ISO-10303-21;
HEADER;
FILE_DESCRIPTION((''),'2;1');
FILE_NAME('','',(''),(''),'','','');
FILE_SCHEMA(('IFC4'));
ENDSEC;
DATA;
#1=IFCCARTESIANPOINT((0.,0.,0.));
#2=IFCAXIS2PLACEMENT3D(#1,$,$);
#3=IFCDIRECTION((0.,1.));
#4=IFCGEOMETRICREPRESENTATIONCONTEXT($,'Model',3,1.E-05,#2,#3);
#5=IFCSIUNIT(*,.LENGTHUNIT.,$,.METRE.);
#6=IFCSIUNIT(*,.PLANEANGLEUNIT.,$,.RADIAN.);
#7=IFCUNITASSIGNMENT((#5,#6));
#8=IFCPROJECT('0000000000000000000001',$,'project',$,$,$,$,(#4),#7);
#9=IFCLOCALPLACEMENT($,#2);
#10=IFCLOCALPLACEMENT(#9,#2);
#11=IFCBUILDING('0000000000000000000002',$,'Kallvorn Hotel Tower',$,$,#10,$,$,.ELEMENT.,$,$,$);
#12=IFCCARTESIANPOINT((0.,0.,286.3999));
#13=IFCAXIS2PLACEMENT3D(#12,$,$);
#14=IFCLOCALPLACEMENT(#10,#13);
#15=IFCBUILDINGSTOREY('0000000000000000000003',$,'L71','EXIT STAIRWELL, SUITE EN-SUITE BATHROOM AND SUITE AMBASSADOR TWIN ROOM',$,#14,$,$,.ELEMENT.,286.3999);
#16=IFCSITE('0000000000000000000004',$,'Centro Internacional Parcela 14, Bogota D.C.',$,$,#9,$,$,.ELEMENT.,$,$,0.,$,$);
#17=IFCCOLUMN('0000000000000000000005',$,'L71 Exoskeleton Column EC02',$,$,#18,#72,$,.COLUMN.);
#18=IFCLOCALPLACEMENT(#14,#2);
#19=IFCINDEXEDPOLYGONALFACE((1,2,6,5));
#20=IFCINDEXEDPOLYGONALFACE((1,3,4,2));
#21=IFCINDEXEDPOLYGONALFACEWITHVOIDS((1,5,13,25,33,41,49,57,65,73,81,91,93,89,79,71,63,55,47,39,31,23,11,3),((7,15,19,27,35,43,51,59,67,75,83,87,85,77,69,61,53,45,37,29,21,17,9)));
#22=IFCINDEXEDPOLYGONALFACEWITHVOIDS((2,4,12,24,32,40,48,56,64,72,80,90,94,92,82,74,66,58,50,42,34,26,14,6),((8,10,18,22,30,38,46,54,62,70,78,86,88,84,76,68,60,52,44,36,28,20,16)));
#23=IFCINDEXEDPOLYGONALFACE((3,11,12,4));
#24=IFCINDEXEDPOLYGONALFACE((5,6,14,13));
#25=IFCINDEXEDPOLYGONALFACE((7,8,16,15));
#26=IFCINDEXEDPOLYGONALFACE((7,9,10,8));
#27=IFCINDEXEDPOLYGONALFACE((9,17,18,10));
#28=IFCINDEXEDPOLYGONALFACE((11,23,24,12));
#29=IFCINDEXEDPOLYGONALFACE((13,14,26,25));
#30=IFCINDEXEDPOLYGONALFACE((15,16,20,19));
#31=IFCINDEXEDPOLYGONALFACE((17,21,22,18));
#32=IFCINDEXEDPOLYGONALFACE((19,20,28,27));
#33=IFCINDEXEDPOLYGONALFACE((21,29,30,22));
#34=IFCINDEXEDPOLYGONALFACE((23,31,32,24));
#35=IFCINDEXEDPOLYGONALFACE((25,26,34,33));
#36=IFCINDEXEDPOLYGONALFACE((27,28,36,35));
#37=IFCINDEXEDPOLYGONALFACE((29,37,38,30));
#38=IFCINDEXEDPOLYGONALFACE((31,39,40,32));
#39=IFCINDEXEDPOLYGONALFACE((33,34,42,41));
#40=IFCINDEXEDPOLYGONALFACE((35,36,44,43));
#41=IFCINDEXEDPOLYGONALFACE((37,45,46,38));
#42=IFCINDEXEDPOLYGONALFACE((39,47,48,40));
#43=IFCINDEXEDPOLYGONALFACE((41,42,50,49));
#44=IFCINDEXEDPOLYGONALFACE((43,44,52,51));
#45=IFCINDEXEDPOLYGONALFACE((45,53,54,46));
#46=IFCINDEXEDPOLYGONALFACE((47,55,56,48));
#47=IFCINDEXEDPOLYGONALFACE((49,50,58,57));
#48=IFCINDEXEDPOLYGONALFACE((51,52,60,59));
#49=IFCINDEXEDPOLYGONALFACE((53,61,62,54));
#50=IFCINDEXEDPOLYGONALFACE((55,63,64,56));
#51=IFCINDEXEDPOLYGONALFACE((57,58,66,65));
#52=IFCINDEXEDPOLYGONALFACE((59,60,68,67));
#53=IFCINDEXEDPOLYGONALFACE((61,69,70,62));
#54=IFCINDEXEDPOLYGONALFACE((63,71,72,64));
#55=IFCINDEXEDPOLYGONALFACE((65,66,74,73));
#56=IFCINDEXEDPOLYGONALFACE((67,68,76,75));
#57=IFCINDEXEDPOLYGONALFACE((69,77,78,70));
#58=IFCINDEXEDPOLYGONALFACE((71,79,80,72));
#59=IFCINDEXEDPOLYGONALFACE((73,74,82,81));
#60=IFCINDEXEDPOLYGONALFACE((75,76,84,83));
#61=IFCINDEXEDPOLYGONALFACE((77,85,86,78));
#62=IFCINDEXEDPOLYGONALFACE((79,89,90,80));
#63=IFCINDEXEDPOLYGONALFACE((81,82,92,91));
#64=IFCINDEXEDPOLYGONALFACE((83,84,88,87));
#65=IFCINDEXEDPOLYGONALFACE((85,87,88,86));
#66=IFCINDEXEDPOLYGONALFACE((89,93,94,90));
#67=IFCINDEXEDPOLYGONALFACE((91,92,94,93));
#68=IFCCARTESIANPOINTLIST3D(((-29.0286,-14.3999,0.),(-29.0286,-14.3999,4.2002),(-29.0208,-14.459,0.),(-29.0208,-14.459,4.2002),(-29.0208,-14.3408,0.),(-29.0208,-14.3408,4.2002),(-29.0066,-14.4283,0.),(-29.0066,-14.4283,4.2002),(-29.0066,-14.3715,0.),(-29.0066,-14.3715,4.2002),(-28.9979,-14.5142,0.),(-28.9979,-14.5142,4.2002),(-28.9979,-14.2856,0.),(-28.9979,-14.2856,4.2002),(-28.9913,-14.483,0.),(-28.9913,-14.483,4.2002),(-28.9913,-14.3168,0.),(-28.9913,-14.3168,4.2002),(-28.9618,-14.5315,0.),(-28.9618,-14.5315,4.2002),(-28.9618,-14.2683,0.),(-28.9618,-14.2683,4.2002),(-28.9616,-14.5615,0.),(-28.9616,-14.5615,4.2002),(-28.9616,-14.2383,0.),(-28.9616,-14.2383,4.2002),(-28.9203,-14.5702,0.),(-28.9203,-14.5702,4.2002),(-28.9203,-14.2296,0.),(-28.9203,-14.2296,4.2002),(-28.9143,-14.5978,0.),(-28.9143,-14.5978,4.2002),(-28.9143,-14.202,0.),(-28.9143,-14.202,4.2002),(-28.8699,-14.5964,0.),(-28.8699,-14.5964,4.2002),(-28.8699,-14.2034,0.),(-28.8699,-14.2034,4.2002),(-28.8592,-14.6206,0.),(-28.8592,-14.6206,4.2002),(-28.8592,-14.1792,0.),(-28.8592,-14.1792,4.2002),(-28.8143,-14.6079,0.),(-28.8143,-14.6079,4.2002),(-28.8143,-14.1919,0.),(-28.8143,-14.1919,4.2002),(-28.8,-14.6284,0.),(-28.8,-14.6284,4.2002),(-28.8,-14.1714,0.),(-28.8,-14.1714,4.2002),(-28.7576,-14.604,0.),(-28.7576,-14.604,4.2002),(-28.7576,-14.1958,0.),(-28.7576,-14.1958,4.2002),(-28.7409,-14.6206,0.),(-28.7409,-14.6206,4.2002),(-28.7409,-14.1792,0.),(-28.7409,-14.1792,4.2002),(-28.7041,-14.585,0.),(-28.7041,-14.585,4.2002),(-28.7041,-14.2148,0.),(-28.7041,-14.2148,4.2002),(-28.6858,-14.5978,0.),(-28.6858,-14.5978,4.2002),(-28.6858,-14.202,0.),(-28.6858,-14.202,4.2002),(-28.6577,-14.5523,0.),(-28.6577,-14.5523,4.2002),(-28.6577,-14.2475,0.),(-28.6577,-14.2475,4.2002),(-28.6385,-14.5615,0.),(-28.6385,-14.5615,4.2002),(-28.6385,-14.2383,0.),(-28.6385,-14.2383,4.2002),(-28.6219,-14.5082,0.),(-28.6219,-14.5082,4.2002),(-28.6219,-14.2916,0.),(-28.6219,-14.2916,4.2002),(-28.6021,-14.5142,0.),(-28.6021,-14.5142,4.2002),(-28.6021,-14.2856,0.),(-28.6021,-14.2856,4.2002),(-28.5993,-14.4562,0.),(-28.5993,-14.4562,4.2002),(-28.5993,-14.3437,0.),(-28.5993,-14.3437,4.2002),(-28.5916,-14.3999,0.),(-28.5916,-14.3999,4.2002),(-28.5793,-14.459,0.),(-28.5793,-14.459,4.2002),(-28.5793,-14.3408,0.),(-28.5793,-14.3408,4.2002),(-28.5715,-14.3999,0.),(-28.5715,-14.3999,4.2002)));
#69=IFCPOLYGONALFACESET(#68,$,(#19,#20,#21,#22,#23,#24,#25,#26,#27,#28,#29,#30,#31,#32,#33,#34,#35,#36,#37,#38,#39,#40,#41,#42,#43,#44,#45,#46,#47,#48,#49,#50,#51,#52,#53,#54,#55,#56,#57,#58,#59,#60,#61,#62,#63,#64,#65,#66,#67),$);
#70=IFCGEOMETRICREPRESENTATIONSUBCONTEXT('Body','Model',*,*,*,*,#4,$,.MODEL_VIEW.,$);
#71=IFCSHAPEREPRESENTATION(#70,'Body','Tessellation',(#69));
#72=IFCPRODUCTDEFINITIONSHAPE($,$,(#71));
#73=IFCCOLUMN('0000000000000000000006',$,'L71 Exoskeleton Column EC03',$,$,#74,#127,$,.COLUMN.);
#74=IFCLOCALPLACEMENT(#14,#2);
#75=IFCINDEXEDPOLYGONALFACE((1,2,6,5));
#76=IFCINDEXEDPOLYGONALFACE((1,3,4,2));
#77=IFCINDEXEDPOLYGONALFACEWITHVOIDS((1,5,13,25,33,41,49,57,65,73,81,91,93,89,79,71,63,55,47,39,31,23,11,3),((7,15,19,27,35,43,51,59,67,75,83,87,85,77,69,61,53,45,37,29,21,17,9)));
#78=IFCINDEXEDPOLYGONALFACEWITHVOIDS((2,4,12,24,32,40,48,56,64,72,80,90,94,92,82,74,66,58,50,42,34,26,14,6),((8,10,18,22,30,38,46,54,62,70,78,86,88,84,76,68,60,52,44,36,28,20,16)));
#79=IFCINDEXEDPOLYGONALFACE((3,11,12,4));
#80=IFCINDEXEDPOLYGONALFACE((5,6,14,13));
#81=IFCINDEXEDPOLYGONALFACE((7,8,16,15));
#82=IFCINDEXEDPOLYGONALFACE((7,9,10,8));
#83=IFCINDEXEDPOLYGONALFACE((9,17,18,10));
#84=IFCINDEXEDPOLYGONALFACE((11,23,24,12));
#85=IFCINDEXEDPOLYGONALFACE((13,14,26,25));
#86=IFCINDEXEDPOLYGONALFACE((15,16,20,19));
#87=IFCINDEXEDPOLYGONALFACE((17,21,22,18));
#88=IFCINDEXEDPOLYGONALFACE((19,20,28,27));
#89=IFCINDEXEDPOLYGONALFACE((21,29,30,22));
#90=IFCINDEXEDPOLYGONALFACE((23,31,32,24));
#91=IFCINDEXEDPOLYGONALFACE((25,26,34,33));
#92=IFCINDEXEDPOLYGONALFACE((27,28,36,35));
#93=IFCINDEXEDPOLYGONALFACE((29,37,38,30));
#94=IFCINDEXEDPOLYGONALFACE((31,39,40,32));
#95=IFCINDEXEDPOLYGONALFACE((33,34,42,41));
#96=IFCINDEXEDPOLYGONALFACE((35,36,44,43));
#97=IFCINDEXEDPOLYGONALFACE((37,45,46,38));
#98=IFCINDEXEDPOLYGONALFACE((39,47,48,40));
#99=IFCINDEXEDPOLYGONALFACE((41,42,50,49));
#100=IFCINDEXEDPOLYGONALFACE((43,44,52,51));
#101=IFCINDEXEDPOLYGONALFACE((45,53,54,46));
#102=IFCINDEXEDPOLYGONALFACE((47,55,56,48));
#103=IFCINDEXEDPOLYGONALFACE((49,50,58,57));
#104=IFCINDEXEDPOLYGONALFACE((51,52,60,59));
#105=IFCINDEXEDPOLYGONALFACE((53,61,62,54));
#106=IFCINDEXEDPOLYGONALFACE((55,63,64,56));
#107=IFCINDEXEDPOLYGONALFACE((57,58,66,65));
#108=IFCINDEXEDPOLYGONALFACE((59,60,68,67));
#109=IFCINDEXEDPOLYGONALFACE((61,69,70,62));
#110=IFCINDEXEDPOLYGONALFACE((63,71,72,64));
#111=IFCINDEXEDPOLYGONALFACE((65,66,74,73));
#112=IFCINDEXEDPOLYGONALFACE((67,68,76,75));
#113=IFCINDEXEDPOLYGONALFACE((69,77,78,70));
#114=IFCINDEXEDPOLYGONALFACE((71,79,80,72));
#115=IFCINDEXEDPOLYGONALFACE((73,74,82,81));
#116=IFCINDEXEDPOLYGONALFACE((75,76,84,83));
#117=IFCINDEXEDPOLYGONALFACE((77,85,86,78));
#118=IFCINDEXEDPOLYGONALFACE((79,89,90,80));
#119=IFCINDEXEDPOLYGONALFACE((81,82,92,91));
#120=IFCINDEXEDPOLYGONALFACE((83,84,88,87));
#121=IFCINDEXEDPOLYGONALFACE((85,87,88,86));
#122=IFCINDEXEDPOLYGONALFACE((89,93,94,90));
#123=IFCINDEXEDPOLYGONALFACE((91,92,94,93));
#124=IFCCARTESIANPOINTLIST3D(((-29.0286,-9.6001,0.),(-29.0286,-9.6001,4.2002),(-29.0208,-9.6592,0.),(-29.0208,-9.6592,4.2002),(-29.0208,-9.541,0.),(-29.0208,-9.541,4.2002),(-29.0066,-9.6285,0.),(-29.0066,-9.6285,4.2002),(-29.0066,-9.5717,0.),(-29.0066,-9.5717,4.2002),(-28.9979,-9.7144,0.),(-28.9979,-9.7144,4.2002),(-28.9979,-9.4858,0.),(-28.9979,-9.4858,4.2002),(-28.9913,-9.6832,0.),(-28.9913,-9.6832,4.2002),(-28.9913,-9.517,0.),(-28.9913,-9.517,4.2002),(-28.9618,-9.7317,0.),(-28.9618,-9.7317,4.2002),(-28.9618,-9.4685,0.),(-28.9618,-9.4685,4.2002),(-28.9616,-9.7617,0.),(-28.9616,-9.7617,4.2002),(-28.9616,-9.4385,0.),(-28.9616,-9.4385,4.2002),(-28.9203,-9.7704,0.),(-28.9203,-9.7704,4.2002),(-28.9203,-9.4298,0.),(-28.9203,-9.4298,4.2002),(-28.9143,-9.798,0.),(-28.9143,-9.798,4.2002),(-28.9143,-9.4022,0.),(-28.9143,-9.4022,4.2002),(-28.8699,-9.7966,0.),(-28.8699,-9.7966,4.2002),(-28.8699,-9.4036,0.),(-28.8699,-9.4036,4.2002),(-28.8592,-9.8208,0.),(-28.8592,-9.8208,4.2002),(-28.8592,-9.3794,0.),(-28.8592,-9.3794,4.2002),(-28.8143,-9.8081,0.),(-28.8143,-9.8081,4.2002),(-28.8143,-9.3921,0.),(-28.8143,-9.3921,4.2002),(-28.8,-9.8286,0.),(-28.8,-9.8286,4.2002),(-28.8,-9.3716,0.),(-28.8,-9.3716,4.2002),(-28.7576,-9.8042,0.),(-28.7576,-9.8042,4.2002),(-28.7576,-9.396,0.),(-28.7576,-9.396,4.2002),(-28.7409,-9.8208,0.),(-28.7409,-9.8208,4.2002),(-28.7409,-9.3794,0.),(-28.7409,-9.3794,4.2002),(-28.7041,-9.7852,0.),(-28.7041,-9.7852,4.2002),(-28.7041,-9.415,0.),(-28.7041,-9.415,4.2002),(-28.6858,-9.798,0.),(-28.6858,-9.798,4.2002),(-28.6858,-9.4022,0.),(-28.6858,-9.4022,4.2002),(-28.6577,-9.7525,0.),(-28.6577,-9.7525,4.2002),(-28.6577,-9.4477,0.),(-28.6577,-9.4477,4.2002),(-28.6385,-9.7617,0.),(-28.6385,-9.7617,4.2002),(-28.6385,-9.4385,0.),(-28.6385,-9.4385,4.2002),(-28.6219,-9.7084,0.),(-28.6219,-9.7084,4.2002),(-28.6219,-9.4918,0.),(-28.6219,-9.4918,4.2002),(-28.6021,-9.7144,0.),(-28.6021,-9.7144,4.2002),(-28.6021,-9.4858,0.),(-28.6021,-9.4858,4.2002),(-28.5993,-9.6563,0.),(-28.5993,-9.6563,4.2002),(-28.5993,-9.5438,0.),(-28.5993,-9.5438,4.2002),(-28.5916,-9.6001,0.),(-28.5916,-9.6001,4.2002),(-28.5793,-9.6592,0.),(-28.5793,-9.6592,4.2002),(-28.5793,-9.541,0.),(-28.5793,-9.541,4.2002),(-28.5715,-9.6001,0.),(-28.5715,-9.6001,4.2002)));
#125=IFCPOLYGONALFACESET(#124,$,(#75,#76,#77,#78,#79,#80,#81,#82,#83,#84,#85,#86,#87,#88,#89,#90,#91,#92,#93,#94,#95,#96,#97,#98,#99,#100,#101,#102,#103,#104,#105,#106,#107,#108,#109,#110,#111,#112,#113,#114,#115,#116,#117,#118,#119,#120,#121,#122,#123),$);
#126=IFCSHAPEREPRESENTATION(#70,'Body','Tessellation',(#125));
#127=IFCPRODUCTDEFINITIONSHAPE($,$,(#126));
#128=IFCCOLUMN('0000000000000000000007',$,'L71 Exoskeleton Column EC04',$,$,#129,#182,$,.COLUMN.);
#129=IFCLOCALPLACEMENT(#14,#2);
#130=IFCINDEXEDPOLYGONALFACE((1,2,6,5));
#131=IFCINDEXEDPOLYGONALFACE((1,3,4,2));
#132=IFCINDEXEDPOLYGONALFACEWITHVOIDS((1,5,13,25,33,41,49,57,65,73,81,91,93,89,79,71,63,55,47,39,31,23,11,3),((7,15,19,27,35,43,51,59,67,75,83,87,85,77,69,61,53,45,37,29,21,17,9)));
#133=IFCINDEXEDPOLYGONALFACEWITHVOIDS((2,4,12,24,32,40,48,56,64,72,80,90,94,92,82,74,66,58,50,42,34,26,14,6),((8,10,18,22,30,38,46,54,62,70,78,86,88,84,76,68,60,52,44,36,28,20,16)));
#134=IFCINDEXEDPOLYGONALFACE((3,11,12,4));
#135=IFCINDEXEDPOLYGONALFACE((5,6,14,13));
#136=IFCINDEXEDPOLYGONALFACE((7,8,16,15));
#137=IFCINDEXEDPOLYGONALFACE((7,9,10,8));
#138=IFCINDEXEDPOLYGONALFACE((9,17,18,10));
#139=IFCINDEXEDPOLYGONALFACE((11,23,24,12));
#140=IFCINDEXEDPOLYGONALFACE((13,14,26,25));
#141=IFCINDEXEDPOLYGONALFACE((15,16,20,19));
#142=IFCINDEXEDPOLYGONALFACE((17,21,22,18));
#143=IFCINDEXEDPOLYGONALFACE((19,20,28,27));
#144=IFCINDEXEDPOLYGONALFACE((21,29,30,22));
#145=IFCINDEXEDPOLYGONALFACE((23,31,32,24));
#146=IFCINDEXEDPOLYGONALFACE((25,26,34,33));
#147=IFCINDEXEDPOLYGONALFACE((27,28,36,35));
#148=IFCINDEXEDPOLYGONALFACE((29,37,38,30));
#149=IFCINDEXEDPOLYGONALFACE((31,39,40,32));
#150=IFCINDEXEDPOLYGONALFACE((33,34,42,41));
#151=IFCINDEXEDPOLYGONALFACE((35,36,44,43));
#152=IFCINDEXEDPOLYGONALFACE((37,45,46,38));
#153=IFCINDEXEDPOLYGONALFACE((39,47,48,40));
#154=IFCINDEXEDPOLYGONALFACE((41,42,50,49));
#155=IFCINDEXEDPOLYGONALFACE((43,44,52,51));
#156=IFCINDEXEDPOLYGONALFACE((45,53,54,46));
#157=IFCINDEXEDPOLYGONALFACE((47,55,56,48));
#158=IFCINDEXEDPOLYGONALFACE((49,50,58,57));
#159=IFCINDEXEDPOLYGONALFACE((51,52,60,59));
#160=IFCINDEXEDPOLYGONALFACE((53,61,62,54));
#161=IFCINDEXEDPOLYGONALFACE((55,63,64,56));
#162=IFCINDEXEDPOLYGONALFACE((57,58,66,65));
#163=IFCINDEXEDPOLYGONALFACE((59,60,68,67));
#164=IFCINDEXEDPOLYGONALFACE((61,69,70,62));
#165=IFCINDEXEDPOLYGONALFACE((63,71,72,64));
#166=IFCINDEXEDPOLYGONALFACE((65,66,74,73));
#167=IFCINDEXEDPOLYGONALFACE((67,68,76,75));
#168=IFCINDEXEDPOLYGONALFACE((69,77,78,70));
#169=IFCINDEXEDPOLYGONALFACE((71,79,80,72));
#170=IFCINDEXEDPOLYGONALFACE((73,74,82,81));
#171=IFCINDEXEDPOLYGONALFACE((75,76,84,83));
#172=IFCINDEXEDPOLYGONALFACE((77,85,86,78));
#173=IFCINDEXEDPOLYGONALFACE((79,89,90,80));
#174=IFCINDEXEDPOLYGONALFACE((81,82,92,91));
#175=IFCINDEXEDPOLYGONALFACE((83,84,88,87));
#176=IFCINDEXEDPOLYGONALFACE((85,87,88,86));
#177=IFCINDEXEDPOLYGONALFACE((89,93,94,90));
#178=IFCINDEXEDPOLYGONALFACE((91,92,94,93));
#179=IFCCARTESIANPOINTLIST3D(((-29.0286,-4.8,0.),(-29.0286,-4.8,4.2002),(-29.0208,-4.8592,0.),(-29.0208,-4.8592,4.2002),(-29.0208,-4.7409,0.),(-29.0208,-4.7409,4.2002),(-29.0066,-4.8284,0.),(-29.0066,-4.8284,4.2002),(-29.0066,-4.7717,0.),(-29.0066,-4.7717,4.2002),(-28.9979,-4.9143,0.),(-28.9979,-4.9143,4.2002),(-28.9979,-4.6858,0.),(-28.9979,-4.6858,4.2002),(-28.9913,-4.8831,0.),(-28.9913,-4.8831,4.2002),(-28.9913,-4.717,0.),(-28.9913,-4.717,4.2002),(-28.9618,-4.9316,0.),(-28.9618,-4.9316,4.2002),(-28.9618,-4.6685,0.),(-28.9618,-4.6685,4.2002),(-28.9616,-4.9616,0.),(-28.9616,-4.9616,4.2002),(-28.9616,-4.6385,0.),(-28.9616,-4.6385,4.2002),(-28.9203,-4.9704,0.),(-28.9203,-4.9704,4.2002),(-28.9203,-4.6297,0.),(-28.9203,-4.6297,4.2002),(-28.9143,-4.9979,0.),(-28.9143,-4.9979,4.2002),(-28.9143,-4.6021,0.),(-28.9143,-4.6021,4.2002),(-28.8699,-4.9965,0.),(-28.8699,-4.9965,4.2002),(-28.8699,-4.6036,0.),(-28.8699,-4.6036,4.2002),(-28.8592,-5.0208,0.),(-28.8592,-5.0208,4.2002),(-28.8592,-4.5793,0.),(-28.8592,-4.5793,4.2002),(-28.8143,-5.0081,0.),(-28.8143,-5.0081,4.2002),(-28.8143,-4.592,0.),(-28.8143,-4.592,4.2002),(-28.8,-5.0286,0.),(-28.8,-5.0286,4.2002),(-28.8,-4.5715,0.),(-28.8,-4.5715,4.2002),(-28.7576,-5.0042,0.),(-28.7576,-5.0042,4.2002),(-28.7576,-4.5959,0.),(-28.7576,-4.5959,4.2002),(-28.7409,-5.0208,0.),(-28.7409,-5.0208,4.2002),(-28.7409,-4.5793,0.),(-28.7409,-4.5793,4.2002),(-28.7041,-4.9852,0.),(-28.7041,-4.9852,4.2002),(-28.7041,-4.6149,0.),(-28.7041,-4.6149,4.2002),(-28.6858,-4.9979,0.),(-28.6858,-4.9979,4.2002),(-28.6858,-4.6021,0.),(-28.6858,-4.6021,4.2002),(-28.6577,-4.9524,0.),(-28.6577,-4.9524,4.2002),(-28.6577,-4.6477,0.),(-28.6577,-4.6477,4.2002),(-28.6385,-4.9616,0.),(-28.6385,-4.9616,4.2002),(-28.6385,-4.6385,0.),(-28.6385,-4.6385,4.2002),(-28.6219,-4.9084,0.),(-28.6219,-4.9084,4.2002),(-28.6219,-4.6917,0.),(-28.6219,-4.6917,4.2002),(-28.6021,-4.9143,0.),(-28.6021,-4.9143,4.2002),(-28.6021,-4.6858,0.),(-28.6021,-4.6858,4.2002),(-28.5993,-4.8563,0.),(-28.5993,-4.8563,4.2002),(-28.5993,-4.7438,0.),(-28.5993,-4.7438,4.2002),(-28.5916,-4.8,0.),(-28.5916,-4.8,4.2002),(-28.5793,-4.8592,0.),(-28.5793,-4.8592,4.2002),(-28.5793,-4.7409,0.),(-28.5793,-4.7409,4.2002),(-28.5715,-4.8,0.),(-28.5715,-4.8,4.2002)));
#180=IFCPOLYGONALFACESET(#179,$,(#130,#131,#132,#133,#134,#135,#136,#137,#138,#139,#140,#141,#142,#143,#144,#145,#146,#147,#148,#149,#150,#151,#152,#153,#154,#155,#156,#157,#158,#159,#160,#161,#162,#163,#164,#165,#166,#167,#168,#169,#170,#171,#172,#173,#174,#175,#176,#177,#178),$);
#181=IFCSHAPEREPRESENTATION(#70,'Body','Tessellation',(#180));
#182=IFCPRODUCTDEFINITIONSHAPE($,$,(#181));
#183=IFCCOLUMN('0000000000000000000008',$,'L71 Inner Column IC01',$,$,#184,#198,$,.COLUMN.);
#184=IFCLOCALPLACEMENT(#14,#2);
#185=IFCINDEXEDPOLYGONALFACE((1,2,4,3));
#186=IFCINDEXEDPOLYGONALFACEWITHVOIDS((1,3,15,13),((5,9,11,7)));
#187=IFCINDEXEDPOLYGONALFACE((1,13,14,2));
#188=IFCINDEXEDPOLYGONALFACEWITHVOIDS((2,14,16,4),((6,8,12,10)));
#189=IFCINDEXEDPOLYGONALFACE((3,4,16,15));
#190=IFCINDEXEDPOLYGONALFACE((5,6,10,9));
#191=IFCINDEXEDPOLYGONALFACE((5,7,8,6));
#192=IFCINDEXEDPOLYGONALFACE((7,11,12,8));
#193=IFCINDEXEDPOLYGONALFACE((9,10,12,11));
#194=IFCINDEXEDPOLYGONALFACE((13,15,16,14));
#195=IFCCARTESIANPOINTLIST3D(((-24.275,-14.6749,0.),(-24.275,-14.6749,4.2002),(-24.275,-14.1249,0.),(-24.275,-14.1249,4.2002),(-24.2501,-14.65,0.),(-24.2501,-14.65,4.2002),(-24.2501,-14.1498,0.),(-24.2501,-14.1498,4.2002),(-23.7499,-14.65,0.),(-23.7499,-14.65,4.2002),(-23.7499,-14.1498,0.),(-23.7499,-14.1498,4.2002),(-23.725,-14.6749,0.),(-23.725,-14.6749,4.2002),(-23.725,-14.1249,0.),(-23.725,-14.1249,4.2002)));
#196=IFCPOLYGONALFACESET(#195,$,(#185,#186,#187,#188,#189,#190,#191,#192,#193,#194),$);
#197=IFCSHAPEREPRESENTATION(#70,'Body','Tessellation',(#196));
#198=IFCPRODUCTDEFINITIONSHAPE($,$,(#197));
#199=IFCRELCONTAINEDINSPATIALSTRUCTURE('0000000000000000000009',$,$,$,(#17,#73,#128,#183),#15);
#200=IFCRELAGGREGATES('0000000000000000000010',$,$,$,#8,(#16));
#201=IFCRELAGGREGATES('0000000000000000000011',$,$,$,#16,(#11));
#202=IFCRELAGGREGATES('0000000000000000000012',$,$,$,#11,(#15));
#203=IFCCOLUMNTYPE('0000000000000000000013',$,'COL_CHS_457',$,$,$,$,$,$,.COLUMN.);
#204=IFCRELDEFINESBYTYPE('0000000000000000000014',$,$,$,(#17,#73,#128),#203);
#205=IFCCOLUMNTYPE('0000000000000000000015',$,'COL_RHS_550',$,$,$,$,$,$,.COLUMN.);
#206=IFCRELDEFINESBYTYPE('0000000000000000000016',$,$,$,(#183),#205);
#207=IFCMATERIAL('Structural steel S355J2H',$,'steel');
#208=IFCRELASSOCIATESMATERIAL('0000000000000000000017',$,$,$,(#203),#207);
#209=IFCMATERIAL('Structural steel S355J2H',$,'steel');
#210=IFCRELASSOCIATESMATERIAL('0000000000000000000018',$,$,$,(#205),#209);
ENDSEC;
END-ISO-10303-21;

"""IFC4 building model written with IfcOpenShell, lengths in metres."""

from ifc_helpers import new_model, si_unit, direction, frame, origin, origin_2d, place, context, subcontext, project, spatial, hollow_rectangle, hollow_circle, extrude, material, material_profile, profile_set, type_object, element, save


model = new_model("IFC4")

# Units and contexts
model_context = context("Model", 3, precision=1e-05, world=origin(), true_north=direction((0.0, 1.0)))
body_context = subcontext(model_context, "Body", "Model", "MODEL_VIEW")
ifc_project = project(units=[si_unit("LENGTHUNIT", "METRE"), si_unit("PLANEANGLEUNIT", "RADIAN")], contexts=[model_context])

# Site, building, storey
site_placement = place(None, origin())
site = spatial("IfcSite", under=ifc_project, at=site_placement, Name="Centro Internacional Parcela 14, Bogota D.C.", CompositionType="ELEMENT", RefElevation=0.0)
building_placement = place(site_placement, origin())
building = spatial("IfcBuilding", under=site, at=building_placement, Name="Kallvorn Hotel Tower", CompositionType="ELEMENT")
storey_placement = place(building_placement, frame((0.0, 0.0, 286.3999)))
storey = spatial("IfcBuildingStorey", under=building, at=storey_placement, Name="L71", Description="EXIT STAIRWELL, SUITE EN-SUITE BATHROOM AND SUITE AMBASSADOR TWIN ROOM", CompositionType="ELEMENT", Elevation=286.3999)

# Columns
ifc_material_1 = material(Name="Structural steel S355J2H", Category="steel")
ifc_material_profile_1 = material_profile(ifc_material_1, hollow_circle(Radius=0.2285, WallThickness=0.02, at=origin_2d()), Name="CHS 457x20")
ifc_profile_set_1 = profile_set([ifc_material_profile_1], Name="Structural steel S355J2H")
column_type_1 = type_object("IfcColumnType", Name="COL_CHS_457", PredefinedType="COLUMN", material=ifc_profile_set_1)
for number, where, z_axis, x_axis, name in (
    (1, (-28.8, -14.3999, 0.0), (0.0, 0.0, 1.0), (1.0, 0.0, 0.0), "L71 Exoskeleton Column EC02"),
    (2, (-28.8, -9.6001, 0.0), (0.0, 0.0, 1.0), (1.0, 0.0, 0.0), "L71 Exoskeleton Column EC03"),
    (3, (-28.8, -4.8, 0.0), (0.0, 0.0, 1.0), (1.0, 0.0, 0.0), "L71 Exoskeleton Column EC04"),
):
    element("IfcColumn", number, at=place(storey_placement, frame(where, z_axis=z_axis, x_axis=x_axis)), inside=storey, type_object=column_type_1, Name=name, PredefinedType="COLUMN", context=body_context, shape_type="SweptSolid", body=[
        extrude(hollow_circle(Radius=0.2285, WallThickness=0.02, at=origin_2d()), origin(), (0.0, 0.0, 1.0), 4.2002),
    ])
ifc_material_2 = material(Name="Structural steel S355J2H", Category="steel")
ifc_material_profile_2 = material_profile(ifc_material_2, hollow_rectangle(XDim=0.55, YDim=0.55, WallThickness=0.0249, at=origin_2d()), Name="RHS 550x550x25")
ifc_profile_set_2 = profile_set([ifc_material_profile_2], Name="Structural steel S355J2H")
column_type_2 = type_object("IfcColumnType", Name="COL_RHS_550", PredefinedType="COLUMN", material=ifc_profile_set_2)
for number, where, z_axis, x_axis, name in (
    (4, (-24.0, -14.3999, 0.0), (0.0, 0.0, 1.0), (1.0, 0.0, 0.0), "L71 Inner Column IC01"),
):
    element("IfcColumn", number, at=place(storey_placement, frame(where, z_axis=z_axis, x_axis=x_axis)), inside=storey, type_object=column_type_2, Name=name, PredefinedType="COLUMN", context=body_context, shape_type="SweptSolid", body=[
        extrude(hollow_rectangle(XDim=0.55, YDim=0.55, WallThickness=0.0249, at=origin_2d()), origin(), (0.0, 0.0, 1.0), 4.2002),
    ])

save(model, "model.ifc")
